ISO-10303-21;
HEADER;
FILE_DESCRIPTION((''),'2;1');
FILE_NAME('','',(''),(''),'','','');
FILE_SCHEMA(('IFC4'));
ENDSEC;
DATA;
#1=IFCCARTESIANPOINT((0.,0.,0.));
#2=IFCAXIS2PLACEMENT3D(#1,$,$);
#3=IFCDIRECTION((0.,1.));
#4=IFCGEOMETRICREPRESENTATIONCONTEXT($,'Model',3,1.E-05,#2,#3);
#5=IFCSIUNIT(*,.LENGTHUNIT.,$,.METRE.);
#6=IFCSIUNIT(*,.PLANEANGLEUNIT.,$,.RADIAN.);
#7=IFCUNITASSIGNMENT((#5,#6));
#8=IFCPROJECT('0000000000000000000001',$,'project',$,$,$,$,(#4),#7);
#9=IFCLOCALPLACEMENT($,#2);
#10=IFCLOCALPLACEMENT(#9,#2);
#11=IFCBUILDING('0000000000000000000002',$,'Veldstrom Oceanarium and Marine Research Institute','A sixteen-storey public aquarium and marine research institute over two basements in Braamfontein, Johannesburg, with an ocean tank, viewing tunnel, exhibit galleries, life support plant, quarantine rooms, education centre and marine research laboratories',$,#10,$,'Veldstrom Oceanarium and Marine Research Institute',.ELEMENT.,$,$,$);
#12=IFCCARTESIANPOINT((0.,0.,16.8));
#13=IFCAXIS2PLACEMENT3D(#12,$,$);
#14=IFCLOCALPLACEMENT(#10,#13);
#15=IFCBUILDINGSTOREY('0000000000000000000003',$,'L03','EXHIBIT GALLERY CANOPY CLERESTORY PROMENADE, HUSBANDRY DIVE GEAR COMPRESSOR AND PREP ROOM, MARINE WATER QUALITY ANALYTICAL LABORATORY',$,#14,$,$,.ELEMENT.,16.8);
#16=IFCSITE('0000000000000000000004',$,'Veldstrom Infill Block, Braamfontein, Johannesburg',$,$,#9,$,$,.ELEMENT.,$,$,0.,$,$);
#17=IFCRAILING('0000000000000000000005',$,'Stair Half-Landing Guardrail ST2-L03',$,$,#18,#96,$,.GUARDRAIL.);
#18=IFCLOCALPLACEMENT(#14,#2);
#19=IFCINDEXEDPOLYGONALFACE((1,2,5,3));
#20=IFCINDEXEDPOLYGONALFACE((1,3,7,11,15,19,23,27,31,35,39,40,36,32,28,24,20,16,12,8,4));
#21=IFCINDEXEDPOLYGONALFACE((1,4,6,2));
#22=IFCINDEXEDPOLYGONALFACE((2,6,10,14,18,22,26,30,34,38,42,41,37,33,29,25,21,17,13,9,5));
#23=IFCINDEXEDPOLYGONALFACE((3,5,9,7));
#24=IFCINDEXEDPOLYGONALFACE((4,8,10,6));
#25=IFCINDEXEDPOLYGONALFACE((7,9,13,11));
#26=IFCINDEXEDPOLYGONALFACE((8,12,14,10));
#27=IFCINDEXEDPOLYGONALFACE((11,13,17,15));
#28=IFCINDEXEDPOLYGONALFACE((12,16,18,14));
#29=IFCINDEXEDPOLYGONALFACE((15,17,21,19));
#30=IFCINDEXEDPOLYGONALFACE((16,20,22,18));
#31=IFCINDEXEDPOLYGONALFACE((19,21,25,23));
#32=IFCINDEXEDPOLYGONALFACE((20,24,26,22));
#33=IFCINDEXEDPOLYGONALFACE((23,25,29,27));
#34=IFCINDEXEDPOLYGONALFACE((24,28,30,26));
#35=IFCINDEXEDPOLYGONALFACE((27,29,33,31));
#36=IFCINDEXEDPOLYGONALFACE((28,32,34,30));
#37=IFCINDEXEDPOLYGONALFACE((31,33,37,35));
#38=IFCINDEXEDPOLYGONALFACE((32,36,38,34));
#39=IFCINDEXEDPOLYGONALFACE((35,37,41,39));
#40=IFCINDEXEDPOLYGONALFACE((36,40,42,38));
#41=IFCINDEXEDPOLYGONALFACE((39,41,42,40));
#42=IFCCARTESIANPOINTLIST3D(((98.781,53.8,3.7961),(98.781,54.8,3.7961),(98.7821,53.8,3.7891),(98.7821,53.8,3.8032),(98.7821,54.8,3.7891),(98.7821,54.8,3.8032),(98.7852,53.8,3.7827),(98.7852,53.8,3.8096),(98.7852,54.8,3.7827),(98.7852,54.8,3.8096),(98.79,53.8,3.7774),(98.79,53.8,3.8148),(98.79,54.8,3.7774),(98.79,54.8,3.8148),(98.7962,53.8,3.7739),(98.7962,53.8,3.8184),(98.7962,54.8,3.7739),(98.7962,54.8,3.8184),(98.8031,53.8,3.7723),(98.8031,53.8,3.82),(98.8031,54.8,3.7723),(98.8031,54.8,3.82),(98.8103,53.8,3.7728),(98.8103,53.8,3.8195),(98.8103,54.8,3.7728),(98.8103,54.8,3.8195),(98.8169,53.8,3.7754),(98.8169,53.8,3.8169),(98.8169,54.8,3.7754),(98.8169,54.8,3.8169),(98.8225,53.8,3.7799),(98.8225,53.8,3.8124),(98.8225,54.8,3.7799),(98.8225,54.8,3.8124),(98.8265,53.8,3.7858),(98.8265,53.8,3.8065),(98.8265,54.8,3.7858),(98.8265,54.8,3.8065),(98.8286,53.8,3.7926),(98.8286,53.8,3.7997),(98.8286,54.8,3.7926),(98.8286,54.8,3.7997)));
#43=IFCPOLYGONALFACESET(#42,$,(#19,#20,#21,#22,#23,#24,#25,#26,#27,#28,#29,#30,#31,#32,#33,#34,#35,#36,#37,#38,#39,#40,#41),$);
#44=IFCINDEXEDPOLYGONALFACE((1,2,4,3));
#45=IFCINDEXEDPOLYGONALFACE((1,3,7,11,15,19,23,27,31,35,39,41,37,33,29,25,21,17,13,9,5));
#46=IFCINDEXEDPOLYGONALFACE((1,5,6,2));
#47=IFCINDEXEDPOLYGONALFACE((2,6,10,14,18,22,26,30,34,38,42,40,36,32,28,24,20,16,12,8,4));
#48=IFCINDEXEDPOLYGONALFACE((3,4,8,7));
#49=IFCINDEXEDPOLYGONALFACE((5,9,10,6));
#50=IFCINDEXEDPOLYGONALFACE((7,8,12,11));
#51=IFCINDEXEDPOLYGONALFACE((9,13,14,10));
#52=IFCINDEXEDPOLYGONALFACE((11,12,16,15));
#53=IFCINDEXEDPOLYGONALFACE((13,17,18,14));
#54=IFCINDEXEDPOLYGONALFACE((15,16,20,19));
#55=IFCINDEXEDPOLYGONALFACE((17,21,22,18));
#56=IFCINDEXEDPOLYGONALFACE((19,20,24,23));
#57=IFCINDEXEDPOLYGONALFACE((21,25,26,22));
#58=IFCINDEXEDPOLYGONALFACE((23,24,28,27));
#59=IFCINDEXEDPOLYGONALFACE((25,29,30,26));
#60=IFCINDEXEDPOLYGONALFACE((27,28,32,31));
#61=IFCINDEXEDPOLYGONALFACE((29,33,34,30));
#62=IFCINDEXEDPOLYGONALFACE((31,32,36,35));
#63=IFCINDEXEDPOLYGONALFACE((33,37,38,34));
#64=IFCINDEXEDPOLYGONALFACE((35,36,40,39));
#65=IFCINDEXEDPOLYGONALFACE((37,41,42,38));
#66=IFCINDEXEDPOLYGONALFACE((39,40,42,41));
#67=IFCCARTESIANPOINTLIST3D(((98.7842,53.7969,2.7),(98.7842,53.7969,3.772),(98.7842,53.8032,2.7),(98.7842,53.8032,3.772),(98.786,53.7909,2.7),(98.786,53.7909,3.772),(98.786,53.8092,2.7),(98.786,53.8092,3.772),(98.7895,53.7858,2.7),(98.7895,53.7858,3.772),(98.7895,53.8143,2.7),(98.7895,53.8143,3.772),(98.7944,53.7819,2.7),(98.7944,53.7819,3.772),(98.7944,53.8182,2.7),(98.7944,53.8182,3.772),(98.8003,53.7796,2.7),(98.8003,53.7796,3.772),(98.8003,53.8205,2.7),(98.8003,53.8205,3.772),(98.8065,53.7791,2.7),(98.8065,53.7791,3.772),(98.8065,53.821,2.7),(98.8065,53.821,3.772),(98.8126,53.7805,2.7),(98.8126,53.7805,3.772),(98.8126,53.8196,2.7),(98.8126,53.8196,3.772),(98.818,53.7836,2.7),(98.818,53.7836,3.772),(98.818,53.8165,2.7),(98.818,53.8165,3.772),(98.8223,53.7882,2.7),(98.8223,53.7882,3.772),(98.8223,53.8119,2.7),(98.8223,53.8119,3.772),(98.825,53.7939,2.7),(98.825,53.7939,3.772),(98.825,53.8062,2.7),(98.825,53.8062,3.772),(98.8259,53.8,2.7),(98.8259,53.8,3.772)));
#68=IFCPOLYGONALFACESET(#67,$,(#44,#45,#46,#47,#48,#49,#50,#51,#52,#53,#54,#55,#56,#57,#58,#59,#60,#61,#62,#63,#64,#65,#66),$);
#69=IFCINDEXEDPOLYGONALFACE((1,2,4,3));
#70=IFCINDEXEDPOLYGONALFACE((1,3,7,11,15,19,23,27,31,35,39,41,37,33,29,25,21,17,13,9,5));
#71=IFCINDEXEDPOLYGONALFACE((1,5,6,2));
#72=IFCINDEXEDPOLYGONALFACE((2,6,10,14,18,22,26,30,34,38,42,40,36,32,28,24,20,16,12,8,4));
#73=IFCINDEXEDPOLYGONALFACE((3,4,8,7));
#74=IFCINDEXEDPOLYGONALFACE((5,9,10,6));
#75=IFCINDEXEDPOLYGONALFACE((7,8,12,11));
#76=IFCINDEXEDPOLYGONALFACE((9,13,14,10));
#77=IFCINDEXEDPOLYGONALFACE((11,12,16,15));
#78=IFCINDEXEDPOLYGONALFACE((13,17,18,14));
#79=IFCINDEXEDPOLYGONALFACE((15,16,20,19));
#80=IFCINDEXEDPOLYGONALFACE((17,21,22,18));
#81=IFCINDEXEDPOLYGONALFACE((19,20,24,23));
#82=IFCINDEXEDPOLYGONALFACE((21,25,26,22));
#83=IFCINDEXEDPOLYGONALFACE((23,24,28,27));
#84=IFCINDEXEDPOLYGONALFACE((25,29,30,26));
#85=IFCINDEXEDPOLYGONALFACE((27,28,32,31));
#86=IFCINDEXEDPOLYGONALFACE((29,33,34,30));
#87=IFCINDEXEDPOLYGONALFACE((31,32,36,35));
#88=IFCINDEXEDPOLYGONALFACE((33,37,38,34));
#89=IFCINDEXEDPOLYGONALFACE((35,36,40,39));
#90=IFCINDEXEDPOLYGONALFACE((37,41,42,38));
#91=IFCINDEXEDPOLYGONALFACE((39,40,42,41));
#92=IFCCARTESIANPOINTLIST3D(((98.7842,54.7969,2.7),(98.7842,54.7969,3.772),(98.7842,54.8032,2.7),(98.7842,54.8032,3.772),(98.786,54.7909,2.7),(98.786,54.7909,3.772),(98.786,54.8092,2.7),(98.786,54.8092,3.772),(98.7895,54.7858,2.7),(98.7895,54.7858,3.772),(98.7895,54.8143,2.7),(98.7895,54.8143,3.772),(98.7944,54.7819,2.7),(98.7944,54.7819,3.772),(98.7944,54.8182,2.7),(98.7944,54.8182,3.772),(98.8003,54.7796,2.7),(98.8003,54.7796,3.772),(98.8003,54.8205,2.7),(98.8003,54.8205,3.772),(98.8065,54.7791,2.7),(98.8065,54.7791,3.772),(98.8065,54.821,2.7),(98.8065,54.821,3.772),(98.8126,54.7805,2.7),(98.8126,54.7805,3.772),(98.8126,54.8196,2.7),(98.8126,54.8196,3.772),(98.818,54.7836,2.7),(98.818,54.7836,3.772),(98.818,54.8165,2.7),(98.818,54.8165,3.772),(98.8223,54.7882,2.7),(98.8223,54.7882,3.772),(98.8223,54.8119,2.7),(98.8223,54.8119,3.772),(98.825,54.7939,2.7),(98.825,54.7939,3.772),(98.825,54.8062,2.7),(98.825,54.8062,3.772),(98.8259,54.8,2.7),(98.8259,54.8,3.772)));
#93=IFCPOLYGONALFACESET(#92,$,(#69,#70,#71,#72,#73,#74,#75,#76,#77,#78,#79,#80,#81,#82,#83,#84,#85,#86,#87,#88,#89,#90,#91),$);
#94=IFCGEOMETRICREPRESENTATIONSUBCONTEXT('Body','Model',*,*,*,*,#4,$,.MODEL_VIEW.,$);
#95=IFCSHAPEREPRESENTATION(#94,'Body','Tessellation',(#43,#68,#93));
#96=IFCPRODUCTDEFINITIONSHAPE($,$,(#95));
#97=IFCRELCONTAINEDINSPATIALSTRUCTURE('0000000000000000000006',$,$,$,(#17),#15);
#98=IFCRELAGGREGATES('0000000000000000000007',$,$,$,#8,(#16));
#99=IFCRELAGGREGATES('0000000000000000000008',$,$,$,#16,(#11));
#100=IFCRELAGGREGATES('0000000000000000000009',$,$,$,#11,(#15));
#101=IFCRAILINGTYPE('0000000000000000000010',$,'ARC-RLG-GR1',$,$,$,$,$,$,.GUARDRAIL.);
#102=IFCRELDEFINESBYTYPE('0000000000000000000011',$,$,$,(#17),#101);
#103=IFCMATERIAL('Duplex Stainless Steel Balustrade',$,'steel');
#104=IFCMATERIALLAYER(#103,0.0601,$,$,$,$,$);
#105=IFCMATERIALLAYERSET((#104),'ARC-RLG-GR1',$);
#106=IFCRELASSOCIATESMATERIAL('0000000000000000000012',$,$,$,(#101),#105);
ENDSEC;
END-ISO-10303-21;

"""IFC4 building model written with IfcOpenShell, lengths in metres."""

from ifc_helpers import new_model, si_unit, direction, frame, origin, origin_2d, place, context, subcontext, project, spatial, circle, extrude, material, layer, layer_set, type_object, element, save


model = new_model("IFC4")

# Units and contexts
model_context = context("Model", 3, precision=1e-05, world=origin(), true_north=direction((0.0, 1.0)))
body_context = subcontext(model_context, "Body", "Model", "MODEL_VIEW")
ifc_project = project(units=[si_unit("LENGTHUNIT", "METRE"), si_unit("PLANEANGLEUNIT", "RADIAN")], contexts=[model_context])

# Site, building, storey
site_placement = place(None, origin())
site = spatial("IfcSite", under=ifc_project, at=site_placement, Name="Veldstrom Infill Block, Braamfontein, Johannesburg", CompositionType="ELEMENT", RefElevation=0.0)
building_placement = place(site_placement, origin())
building = spatial("IfcBuilding", under=site, at=building_placement, Name="Veldstrom Oceanarium and Marine Research Institute", Description="A sixteen-storey public aquarium and marine research institute over two basements in Braamfontein, Johannesburg, with an ocean tank, viewing tunnel, exhibit galleries, life support plant, quarantine rooms, education centre and marine research laboratories", LongName="Veldstrom Oceanarium and Marine Research Institute", CompositionType="ELEMENT")
storey_placement = place(building_placement, frame((0.0, 0.0, 16.8)))
storey = spatial("IfcBuildingStorey", under=building, at=storey_placement, Name="L03", Description="EXHIBIT GALLERY CANOPY CLERESTORY PROMENADE, HUSBANDRY DIVE GEAR COMPRESSOR AND PREP ROOM, MARINE WATER QUALITY ANALYTICAL LABORATORY", CompositionType="ELEMENT", Elevation=16.8)

# Railing
ifc_material_1 = material(Name="Duplex Stainless Steel Balustrade", Category="steel")
ifc_layer_1 = layer(ifc_material_1, 0.0601)
ifc_layer_set_1 = layer_set([ifc_layer_1], Name="ARC-RLG-GR1")
railing_type_1 = type_object("IfcRailingType", Name="ARC-RLG-GR1", PredefinedType="GUARDRAIL", material=ifc_layer_set_1)
railing_1_placement = place(storey_placement, frame((98.8049, 53.8, 2.7)))
element("IfcRailing", 1, at=railing_1_placement, inside=storey, type_object=railing_type_1, Name="Stair Half-Landing Guardrail ST2-L03", PredefinedType="GUARDRAIL", context=body_context, shape_type="SweptSolid", body=[
    extrude(circle(Radius=0.0239, at=origin_2d()), frame((0.0, 0.0, 1.0962), z_axis=(0.0, 1.0, 0.0), x_axis=(-1.0, 0.0, 0.0)), (0.0, 0.0, 1.0), 1.0),
    extrude(circle(Radius=0.021, at=origin_2d()), origin(), (0.0, 0.0, 1.0), 1.072),
    extrude(circle(Radius=0.021, at=origin_2d()), frame((0.0, 1.0, 0.0)), (0.0, 0.0, 1.0), 1.072),
])

save(model, "model.ifc")
